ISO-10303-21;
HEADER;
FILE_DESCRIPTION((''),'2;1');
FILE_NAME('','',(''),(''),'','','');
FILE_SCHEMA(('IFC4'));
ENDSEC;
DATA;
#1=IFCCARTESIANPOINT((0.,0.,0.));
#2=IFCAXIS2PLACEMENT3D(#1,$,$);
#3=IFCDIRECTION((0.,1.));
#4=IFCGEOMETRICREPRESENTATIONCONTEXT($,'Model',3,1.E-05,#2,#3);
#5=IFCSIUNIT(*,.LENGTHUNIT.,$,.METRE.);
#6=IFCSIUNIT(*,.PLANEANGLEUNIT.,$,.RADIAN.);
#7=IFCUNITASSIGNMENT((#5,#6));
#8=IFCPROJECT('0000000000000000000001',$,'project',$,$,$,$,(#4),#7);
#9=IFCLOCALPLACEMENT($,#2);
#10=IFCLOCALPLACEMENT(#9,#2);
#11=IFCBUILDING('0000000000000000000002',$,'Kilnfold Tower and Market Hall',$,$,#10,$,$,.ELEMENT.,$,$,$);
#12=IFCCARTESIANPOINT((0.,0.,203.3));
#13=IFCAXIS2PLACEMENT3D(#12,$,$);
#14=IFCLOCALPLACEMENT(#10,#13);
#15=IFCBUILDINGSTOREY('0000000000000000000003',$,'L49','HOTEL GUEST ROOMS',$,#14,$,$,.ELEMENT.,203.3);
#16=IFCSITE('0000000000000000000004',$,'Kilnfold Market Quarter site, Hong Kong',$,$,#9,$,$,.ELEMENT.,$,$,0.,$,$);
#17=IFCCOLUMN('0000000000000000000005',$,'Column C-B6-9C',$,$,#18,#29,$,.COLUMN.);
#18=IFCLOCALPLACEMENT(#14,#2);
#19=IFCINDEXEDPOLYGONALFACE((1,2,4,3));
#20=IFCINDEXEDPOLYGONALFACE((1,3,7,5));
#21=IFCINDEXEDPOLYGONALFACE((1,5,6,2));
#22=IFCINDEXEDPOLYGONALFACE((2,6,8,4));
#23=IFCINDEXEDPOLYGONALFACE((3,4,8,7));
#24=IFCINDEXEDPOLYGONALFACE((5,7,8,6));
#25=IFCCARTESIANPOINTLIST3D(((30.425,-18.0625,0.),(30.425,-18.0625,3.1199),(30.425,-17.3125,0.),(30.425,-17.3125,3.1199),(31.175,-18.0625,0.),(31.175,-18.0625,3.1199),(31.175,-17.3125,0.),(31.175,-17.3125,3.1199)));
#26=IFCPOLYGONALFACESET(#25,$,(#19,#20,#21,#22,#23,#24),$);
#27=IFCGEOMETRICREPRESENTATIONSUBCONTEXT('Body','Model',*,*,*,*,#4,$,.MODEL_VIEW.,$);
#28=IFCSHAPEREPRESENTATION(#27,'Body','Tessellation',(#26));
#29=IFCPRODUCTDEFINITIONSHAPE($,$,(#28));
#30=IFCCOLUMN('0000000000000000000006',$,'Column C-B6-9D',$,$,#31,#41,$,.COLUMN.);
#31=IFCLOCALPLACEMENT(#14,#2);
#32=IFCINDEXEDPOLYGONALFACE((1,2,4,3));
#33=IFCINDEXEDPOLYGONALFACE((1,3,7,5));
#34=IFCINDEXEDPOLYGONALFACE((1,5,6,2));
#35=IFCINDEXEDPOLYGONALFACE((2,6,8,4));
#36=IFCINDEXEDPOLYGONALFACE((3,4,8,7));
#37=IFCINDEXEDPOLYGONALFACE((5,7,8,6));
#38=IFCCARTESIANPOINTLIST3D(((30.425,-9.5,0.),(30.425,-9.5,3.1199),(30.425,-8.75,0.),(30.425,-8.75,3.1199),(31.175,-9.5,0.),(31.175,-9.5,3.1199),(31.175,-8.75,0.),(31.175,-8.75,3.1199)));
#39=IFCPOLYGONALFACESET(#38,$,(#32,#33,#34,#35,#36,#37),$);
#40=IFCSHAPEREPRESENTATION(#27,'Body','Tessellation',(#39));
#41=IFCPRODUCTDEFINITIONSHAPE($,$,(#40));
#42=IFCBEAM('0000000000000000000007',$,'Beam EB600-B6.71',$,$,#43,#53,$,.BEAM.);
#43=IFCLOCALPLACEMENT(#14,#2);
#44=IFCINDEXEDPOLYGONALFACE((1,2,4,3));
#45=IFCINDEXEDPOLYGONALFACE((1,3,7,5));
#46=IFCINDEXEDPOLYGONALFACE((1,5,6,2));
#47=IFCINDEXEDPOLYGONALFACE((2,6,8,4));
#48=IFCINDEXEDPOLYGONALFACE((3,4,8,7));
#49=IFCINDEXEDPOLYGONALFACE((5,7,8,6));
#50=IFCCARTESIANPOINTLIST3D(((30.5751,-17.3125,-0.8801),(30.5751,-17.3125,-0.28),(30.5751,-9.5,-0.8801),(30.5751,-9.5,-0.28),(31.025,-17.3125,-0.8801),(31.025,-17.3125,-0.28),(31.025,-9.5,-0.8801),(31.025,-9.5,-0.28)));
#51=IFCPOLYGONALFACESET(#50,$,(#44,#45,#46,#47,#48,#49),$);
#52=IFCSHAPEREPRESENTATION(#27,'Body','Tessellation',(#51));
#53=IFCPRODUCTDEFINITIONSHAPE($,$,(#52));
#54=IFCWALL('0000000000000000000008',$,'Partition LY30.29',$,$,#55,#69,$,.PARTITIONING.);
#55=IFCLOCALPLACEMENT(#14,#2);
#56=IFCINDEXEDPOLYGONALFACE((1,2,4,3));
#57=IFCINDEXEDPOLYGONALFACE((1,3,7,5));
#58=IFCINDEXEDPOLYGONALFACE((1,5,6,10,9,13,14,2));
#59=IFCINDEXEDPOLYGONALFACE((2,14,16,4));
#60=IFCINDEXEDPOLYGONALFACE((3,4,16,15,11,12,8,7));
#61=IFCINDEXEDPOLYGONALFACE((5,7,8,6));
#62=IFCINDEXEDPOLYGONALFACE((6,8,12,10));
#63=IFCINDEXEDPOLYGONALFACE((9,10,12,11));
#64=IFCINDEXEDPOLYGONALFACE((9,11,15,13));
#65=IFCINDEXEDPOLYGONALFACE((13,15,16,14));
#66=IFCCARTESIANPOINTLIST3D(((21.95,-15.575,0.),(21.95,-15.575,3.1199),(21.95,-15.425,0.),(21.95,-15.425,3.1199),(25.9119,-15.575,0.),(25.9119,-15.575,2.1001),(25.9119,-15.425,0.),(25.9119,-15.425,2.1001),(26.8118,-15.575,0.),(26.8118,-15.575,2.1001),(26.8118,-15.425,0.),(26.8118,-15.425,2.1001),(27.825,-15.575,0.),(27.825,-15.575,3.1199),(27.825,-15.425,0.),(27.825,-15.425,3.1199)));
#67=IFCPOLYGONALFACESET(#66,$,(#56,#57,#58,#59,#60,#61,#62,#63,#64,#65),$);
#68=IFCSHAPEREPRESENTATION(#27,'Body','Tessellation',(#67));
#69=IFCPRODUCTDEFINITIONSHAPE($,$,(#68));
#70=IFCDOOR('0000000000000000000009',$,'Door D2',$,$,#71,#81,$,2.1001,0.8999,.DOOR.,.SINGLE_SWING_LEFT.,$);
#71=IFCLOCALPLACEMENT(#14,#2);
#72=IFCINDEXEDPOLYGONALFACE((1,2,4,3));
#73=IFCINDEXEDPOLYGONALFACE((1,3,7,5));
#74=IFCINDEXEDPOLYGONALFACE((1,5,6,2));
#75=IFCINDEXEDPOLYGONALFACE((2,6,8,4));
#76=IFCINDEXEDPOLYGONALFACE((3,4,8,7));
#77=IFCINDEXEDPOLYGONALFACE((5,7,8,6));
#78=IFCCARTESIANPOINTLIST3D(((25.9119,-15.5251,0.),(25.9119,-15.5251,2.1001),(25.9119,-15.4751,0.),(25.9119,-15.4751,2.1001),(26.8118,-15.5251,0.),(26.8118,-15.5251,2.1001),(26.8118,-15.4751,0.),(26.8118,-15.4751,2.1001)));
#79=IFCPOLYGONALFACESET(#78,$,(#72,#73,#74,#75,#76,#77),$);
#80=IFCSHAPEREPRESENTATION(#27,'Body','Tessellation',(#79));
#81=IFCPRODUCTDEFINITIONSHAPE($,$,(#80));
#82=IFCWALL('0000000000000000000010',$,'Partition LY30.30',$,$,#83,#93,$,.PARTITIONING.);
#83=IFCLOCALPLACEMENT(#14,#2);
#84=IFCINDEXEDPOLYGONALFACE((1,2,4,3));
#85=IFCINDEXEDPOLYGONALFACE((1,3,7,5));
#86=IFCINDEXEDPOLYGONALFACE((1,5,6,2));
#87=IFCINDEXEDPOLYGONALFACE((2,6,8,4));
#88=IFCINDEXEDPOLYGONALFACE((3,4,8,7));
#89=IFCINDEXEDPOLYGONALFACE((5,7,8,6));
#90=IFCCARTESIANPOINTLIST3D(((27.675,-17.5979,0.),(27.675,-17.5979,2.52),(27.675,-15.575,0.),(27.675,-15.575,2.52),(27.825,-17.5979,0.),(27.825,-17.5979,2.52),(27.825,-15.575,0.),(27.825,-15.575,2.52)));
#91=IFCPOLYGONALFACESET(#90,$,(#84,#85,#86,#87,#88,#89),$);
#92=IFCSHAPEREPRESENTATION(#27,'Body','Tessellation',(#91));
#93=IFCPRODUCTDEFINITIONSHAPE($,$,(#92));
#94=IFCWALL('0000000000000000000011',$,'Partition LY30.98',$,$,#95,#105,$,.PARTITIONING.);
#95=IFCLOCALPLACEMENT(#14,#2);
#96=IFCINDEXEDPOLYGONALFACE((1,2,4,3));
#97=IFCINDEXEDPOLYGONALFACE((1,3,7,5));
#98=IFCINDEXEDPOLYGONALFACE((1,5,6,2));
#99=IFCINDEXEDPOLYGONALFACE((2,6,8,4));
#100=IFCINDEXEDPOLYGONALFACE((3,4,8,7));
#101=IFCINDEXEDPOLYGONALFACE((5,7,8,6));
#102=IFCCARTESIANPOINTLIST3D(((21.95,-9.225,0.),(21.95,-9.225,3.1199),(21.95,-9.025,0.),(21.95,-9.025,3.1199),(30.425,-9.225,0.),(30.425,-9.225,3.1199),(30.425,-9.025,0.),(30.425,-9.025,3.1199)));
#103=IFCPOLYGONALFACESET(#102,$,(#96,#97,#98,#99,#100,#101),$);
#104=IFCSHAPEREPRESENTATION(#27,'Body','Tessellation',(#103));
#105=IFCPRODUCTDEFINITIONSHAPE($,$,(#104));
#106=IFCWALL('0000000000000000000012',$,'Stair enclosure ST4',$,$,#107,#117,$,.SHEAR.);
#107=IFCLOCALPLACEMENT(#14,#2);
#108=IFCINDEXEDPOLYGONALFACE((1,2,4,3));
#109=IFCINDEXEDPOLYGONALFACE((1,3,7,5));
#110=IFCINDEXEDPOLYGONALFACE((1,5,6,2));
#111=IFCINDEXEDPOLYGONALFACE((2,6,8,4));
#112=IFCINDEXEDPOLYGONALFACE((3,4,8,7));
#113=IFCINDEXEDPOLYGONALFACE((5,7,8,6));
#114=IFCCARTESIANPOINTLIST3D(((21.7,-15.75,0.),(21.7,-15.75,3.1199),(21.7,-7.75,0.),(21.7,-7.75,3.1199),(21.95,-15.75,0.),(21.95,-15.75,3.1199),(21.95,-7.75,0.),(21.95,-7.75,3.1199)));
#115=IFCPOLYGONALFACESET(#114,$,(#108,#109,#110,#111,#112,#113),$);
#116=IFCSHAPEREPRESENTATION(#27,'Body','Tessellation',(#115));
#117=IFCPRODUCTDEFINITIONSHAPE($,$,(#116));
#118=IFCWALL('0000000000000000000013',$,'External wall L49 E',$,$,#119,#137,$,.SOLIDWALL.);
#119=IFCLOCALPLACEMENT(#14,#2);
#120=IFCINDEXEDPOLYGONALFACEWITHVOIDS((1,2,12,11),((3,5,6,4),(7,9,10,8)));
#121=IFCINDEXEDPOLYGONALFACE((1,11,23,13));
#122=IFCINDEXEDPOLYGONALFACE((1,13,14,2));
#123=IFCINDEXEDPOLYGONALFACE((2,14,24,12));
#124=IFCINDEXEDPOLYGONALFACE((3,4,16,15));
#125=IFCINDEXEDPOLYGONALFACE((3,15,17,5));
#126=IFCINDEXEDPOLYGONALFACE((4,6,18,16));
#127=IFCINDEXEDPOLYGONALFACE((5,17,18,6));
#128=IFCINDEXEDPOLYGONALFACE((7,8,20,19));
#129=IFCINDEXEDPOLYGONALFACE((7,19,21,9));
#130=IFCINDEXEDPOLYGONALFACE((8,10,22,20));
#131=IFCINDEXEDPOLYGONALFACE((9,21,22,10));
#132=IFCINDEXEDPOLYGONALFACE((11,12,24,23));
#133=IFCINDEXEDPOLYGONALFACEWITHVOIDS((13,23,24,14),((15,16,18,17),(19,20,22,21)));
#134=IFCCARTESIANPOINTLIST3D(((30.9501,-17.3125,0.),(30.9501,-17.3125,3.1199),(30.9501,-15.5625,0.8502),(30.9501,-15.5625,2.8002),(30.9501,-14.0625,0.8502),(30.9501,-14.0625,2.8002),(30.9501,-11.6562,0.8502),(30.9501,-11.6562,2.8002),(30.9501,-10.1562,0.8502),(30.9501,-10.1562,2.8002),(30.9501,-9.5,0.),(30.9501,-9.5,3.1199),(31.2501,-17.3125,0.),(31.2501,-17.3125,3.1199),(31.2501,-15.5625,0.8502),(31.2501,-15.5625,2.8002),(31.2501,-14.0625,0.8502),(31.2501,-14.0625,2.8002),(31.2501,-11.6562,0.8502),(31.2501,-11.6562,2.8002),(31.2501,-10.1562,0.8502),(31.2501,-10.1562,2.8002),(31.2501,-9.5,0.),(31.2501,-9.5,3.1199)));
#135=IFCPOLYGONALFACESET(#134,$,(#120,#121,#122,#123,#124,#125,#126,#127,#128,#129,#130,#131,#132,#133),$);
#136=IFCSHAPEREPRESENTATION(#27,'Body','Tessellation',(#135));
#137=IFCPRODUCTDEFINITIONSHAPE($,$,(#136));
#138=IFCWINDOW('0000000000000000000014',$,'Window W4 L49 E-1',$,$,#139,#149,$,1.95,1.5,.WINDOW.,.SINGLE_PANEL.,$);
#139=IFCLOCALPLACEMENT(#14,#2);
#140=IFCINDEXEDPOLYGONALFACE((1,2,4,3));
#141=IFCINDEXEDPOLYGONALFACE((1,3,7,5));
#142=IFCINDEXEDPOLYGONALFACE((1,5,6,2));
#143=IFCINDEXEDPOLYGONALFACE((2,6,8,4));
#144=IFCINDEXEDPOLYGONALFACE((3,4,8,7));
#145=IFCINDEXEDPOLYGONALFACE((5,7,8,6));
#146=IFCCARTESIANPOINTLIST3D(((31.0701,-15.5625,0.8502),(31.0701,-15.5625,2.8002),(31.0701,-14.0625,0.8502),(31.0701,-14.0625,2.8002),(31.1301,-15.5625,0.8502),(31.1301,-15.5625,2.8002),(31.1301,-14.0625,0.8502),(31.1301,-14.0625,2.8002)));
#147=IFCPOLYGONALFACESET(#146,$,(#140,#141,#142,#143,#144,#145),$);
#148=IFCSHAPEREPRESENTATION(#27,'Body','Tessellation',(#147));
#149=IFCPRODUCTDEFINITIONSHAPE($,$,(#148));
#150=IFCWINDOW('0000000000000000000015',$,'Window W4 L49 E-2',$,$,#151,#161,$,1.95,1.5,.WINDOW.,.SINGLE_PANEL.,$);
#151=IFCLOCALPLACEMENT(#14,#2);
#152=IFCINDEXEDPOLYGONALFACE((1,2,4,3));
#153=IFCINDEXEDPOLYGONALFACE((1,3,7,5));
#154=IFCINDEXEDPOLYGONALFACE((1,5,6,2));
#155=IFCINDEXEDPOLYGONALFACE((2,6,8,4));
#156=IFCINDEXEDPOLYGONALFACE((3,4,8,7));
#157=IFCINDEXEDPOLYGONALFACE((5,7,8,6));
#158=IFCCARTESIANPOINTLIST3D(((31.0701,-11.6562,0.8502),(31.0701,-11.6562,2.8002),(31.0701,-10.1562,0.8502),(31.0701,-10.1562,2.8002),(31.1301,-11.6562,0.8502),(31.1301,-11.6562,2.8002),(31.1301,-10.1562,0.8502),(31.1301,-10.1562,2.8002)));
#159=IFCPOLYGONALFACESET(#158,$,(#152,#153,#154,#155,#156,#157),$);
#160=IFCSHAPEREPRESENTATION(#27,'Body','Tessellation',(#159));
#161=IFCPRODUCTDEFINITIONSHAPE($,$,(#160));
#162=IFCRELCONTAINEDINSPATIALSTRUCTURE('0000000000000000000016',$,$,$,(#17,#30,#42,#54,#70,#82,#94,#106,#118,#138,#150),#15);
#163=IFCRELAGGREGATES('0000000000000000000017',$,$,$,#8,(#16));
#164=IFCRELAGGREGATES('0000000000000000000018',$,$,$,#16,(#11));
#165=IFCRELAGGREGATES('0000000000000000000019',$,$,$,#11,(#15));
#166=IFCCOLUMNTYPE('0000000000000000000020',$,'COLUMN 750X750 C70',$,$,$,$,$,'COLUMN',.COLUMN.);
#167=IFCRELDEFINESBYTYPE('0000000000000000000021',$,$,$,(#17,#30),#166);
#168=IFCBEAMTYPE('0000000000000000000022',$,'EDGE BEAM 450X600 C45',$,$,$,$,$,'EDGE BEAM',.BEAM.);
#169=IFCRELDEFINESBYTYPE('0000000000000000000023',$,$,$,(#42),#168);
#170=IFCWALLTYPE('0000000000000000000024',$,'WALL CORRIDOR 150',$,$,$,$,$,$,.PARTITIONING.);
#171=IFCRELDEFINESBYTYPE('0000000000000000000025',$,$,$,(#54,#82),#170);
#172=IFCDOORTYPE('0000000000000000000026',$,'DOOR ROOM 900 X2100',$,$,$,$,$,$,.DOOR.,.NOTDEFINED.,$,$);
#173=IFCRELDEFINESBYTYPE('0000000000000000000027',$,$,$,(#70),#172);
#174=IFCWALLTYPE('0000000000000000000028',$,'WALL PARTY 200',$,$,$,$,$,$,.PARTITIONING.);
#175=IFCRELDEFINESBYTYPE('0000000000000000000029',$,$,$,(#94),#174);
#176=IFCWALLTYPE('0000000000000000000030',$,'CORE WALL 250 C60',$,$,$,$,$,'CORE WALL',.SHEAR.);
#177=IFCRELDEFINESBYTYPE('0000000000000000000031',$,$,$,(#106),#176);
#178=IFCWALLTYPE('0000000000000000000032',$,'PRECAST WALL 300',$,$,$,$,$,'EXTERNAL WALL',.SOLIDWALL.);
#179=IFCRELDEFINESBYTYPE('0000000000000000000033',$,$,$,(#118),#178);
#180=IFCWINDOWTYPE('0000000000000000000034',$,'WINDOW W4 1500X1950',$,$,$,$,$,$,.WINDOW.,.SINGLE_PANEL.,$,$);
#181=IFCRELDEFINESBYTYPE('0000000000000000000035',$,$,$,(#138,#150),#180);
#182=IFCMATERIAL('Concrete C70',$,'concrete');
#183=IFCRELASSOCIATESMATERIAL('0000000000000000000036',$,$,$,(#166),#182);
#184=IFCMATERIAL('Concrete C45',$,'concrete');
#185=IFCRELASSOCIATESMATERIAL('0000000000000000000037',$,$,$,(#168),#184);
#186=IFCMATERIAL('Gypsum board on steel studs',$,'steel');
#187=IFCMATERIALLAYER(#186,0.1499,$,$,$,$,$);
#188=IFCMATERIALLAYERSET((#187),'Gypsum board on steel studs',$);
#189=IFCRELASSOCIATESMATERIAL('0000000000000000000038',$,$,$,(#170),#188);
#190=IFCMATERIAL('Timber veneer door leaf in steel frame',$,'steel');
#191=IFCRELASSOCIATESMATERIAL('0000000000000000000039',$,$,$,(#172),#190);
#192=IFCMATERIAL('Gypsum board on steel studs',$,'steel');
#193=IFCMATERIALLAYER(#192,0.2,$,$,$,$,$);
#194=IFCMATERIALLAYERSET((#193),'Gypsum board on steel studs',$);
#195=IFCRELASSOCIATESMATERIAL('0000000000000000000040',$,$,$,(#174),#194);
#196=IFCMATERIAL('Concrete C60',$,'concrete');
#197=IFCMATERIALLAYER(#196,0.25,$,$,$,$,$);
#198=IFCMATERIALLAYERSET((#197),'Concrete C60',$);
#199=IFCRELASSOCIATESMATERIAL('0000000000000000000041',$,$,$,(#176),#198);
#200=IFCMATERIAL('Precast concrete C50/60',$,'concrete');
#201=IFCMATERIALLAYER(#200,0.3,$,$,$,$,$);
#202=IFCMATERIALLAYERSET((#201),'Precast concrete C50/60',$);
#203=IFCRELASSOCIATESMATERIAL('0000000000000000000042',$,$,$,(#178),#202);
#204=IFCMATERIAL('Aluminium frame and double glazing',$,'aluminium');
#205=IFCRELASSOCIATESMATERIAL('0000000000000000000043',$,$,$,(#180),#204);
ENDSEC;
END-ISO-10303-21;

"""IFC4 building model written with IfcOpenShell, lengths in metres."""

from ifc_helpers import new_model, si_unit, direction, frame, frame_2d, origin, origin_2d, place, context, subcontext, project, spatial, rectangle, extrude, source, transform, mapped, material, layer, layer_set, material_profile, profile_set, type_object, element, fill, save


model = new_model("IFC4")

# Units and contexts
model_context = context("Model", 3, precision=1e-05, world=origin(), true_north=direction((0.0, 1.0)))
body_context = subcontext(model_context, "Body", "Model", "MODEL_VIEW")
ifc_project = project(units=[si_unit("LENGTHUNIT", "METRE"), si_unit("PLANEANGLEUNIT", "RADIAN")], contexts=[model_context])

# Site, building, storey
site_placement = place(None, origin())
site = spatial("IfcSite", under=ifc_project, at=site_placement, Name="Kilnfold Market Quarter site, Hong Kong", CompositionType="ELEMENT", RefElevation=0.0)
building_placement = place(site_placement, origin())
building = spatial("IfcBuilding", under=site, at=building_placement, Name="Kilnfold Tower and Market Hall", CompositionType="ELEMENT")
storey_placement = place(building_placement, frame((0.0, 0.0, 203.3)))
storey = spatial("IfcBuildingStorey", under=building, at=storey_placement, Name="L49", Description="HOTEL GUEST ROOMS", CompositionType="ELEMENT", Elevation=203.3)

# Columns
ifc_material_1 = material(Name="Concrete C70", Category="concrete")
ifc_material_profile_1 = material_profile(ifc_material_1, rectangle(XDim=0.75, YDim=0.75, at=origin_2d()), Name="RC 750x750")
ifc_profile_set_1 = profile_set([ifc_material_profile_1], Name="Concrete C70")
column_type = type_object("IfcColumnType", Name="COLUMN 750X750 C70", ElementType="COLUMN", PredefinedType="COLUMN", material=ifc_profile_set_1)
shared_shape_1 = source(origin(), body_context, "Body", "SweptSolid", [
    extrude(rectangle(XDim=0.75, YDim=0.75, at=origin_2d()), origin(), (0.0, 0.0, 1.0), 3.1199),
])
for number, where, z_axis, x_axis, name in (
    (1, (30.8, -17.6875, 0.0), (0.0, 0.0, 1.0), (1.0, 0.0, 0.0), "Column C-B6-9C"),
    (2, (30.8, -9.125, 0.0), (0.0, 0.0, 1.0), (1.0, 0.0, 0.0), "Column C-B6-9D"),
):
    element("IfcColumn", number, at=place(storey_placement, frame(where, z_axis=z_axis, x_axis=x_axis)), inside=storey, type_object=column_type, Name=name, PredefinedType="COLUMN", context=body_context, shape_type="MappedRepresentation", body=[
        mapped(shared_shape_1, transform((0.0, 0.0, 0.0))),
    ])

# Beam
ifc_material_2 = material(Name="Concrete C45", Category="concrete")
ifc_material_profile_2 = material_profile(ifc_material_2, rectangle(XDim=0.45, YDim=0.6001, at=origin_2d()), Name="RC 450x600")
ifc_profile_set_2 = profile_set([ifc_material_profile_2], Name="Concrete C45")
beam_type = type_object("IfcBeamType", Name="EDGE BEAM 450X600 C45", ElementType="EDGE BEAM", PredefinedType="BEAM", material=ifc_profile_set_2)
shared_shape_2 = source(origin(), body_context, "Body", "SweptSolid", [
    extrude(rectangle(XDim=0.45, YDim=0.6001, at=origin_2d()), origin(), (0.0, 0.0, 1.0), 7.8125),
])
beam_placement = place(storey_placement, frame((30.8, -17.3125, -0.5801), z_axis=(0.0, 1.0, 0.0), x_axis=(-1.0, 0.0, 0.0)))
element("IfcBeam", 3, at=beam_placement, inside=storey, type_object=beam_type, Name="Beam EB600-B6.71", PredefinedType="BEAM", context=body_context, shape_type="MappedRepresentation", body=[
    mapped(shared_shape_2, transform((0.0, 0.0, 0.0))),
])

# Wall, opening, door
ifc_material_3 = material(Name="Gypsum board on steel studs", Category="steel")
ifc_layer_1 = layer(ifc_material_3, 0.1499)
ifc_layer_set_1 = layer_set([ifc_layer_1], Name="Gypsum board on steel studs")
wall_type_1 = type_object("IfcWallType", Name="WALL CORRIDOR 150", PredefinedType="PARTITIONING", material=ifc_layer_set_1)
wall_1_placement = place(storey_placement, frame((21.95, -15.5, 0.0), z_axis=(0.0, 0.0, 1.0), x_axis=(1.0, 0.0, 0.0)))
wall_1 = element("IfcWall", 4, at=wall_1_placement, inside=storey, type_object=wall_type_1, Name="Partition LY30.29", PredefinedType="PARTITIONING", context=body_context, shape_type="SweptSolid", body=[
    extrude(rectangle(XDim=5.875, YDim=0.1499, at=frame_2d((2.9375, 0.0))), origin(), (0.0, 0.0, 1.0), 3.1199),
])
opening_1_placement = place(wall_1_placement, frame((3.9619, 0.0, 0.0)))
opening_1 = element("IfcOpeningElement", 5, at=opening_1_placement, cuts=wall_1, PredefinedType="OPENING", context=body_context, shape_type="SweptSolid", body=[
    extrude(rectangle(XDim=0.8999, YDim=2.1001, at=frame_2d((0.45, 1.05))), frame((0.0, 0.085, 0.0), z_axis=(0.0, -1.0, 0.0), x_axis=(1.0, 0.0, 0.0)), (0.0, 0.0, 1.0), 0.1699),
])
ifc_material_4 = material(Name="Timber veneer door leaf in steel frame", Category="steel")
door_type = type_object("IfcDoorType", Name="DOOR ROOM 900 X2100", OperationType="NOTDEFINED", PredefinedType="DOOR", material=ifc_material_4)
door_placement = place(opening_1_placement, origin())
door = element("IfcDoor", 6, at=door_placement, inside=storey, type_object=door_type, Name="Door D2", OperationType="SINGLE_SWING_LEFT", OverallHeight=2.1001, OverallWidth=0.8999, PredefinedType="DOOR", context=body_context, shape_type="SweptSolid", body=[
    extrude(rectangle(XDim=0.8999, YDim=2.1001, at=frame_2d((0.45, 1.05))), frame((0.0, 0.0249, 0.0), z_axis=(0.0, -1.0, 0.0), x_axis=(1.0, 0.0, 0.0)), (0.0, 0.0, 1.0), 0.05),
])
fill(opening_1, door)

# Walls
wall_2_placement = place(storey_placement, frame((27.75, -17.5979, 0.0), z_axis=(0.0, 0.0, 1.0), x_axis=(0.0, 1.0, 0.0)))
element("IfcWall", 7, at=wall_2_placement, inside=storey, type_object=wall_type_1, Name="Partition LY30.30", PredefinedType="PARTITIONING", context=body_context, shape_type="SweptSolid", body=[
    extrude(rectangle(XDim=2.0229, YDim=0.1499, at=frame_2d((1.0115, 0.0))), origin(), (0.0, 0.0, 1.0), 2.52),
])
ifc_material_5 = material(Name="Gypsum board on steel studs", Category="steel")
ifc_layer_2 = layer(ifc_material_5, 0.2)
ifc_layer_set_2 = layer_set([ifc_layer_2], Name="Gypsum board on steel studs")
wall_type_2 = type_object("IfcWallType", Name="WALL PARTY 200", PredefinedType="PARTITIONING", material=ifc_layer_set_2)
wall_3_placement = place(storey_placement, frame((21.95, -9.125, 0.0), z_axis=(0.0, 0.0, 1.0), x_axis=(1.0, 0.0, 0.0)))
element("IfcWall", 8, at=wall_3_placement, inside=storey, type_object=wall_type_2, Name="Partition LY30.98", PredefinedType="PARTITIONING", context=body_context, shape_type="SweptSolid", body=[
    extrude(rectangle(XDim=8.4751, YDim=0.2, at=frame_2d((4.2375, 0.0))), origin(), (0.0, 0.0, 1.0), 3.1199),
])
ifc_material_6 = material(Name="Concrete C60", Category="concrete")
ifc_layer_3 = layer(ifc_material_6, 0.25)
ifc_layer_set_3 = layer_set([ifc_layer_3], Name="Concrete C60")
wall_type_3 = type_object("IfcWallType", Name="CORE WALL 250 C60", ElementType="CORE WALL", PredefinedType="SHEAR", material=ifc_layer_set_3)
shared_shape_3 = source(origin(), body_context, "Body", "SweptSolid", [
    extrude(rectangle(XDim=8.0, YDim=0.25, at=frame_2d((4.0, 0.0))), origin(), (0.0, 0.0, 1.0), 3.1199),
])
wall_4_placement = place(storey_placement, frame((21.825, -15.75, 0.0), z_axis=(0.0, 0.0, 1.0), x_axis=(0.0, 1.0, 0.0)))
element("IfcWall", 9, at=wall_4_placement, inside=storey, type_object=wall_type_3, Name="Stair enclosure ST4", PredefinedType="SHEAR", context=body_context, shape_type="MappedRepresentation", body=[
    mapped(shared_shape_3, transform((0.0, 0.0, 0.0))),
])

# Wall, openings, windows
ifc_material_7 = material(Name="Precast concrete C50/60", Category="concrete")
ifc_layer_4 = layer(ifc_material_7, 0.3)
ifc_layer_set_4 = layer_set([ifc_layer_4], Name="Precast concrete C50/60")
wall_type_4 = type_object("IfcWallType", Name="PRECAST WALL 300", ElementType="EXTERNAL WALL", PredefinedType="SOLIDWALL", material=ifc_layer_set_4)
shared_shape_4 = source(origin(), body_context, "Body", "SweptSolid", [
    extrude(rectangle(XDim=7.8125, YDim=0.3, at=frame_2d((3.9062, 0.0))), origin(), (0.0, 0.0, 1.0), 3.1199),
])
wall_5_placement = place(storey_placement, frame((31.1001, -17.3125, 0.0), z_axis=(0.0, 0.0, 1.0), x_axis=(0.0, 1.0, 0.0)))
wall_5 = element("IfcWall", 10, at=wall_5_placement, inside=storey, type_object=wall_type_4, Name="External wall L49 E", PredefinedType="SOLIDWALL", context=body_context, shape_type="MappedRepresentation", body=[
    mapped(shared_shape_4, transform((0.0, 0.0, 0.0))),
])
opening_2_placement = place(wall_5_placement, frame((1.75, 0.0, 0.8501)))
opening_2 = element("IfcOpeningElement", 11, at=opening_2_placement, cuts=wall_5, PredefinedType="OPENING", context=body_context, shape_type="SweptSolid", body=[
    extrude(rectangle(XDim=1.5, YDim=1.95, at=frame_2d((0.75, 0.9751))), frame((0.0, 0.1602, 0.0), z_axis=(0.0, -1.0, 0.0), x_axis=(1.0, 0.0, 0.0)), (0.0, 0.0, 1.0), 0.3201),
])
opening_3_placement = place(wall_5_placement, frame((5.6562, 0.0, 0.8501)))
opening_3 = element("IfcOpeningElement", 12, at=opening_3_placement, cuts=wall_5, PredefinedType="OPENING", context=body_context, shape_type="SweptSolid", body=[
    extrude(rectangle(XDim=1.5, YDim=1.95, at=frame_2d((0.75, 0.9751))), frame((0.0, 0.1602, 0.0), z_axis=(0.0, -1.0, 0.0), x_axis=(1.0, 0.0, 0.0)), (0.0, 0.0, 1.0), 0.3201),
])
ifc_material_8 = material(Name="Aluminium frame and double glazing", Category="aluminium")
window_type = type_object("IfcWindowType", Name="WINDOW W4 1500X1950", PartitioningType="SINGLE_PANEL", PredefinedType="WINDOW", material=ifc_material_8)
window_1_placement = place(opening_2_placement, origin())
window_1 = element("IfcWindow", 13, at=window_1_placement, inside=storey, type_object=window_type, Name="Window W4 L49 E-1", OverallHeight=1.95, OverallWidth=1.5, PartitioningType="SINGLE_PANEL", PredefinedType="WINDOW", context=body_context, shape_type="SweptSolid", body=[
    extrude(rectangle(XDim=1.5, YDim=1.95, at=frame_2d((0.75, 0.9751))), frame((0.0, 0.03, 0.0), z_axis=(0.0, -1.0, 0.0), x_axis=(1.0, 0.0, 0.0)), (0.0, 0.0, 1.0), 0.0601),
])
fill(opening_2, window_1)
window_2_placement = place(opening_3_placement, origin())
window_2 = element("IfcWindow", 14, at=window_2_placement, inside=storey, type_object=window_type, Name="Window W4 L49 E-2", OverallHeight=1.95, OverallWidth=1.5, PartitioningType="SINGLE_PANEL", PredefinedType="WINDOW", context=body_context, shape_type="SweptSolid", body=[
    extrude(rectangle(XDim=1.5, YDim=1.95, at=frame_2d((0.75, 0.9751))), frame((0.0, 0.03, 0.0), z_axis=(0.0, -1.0, 0.0), x_axis=(1.0, 0.0, 0.0)), (0.0, 0.0, 1.0), 0.0601),
])
fill(opening_3, window_2)

save(model, "model.ifc")
